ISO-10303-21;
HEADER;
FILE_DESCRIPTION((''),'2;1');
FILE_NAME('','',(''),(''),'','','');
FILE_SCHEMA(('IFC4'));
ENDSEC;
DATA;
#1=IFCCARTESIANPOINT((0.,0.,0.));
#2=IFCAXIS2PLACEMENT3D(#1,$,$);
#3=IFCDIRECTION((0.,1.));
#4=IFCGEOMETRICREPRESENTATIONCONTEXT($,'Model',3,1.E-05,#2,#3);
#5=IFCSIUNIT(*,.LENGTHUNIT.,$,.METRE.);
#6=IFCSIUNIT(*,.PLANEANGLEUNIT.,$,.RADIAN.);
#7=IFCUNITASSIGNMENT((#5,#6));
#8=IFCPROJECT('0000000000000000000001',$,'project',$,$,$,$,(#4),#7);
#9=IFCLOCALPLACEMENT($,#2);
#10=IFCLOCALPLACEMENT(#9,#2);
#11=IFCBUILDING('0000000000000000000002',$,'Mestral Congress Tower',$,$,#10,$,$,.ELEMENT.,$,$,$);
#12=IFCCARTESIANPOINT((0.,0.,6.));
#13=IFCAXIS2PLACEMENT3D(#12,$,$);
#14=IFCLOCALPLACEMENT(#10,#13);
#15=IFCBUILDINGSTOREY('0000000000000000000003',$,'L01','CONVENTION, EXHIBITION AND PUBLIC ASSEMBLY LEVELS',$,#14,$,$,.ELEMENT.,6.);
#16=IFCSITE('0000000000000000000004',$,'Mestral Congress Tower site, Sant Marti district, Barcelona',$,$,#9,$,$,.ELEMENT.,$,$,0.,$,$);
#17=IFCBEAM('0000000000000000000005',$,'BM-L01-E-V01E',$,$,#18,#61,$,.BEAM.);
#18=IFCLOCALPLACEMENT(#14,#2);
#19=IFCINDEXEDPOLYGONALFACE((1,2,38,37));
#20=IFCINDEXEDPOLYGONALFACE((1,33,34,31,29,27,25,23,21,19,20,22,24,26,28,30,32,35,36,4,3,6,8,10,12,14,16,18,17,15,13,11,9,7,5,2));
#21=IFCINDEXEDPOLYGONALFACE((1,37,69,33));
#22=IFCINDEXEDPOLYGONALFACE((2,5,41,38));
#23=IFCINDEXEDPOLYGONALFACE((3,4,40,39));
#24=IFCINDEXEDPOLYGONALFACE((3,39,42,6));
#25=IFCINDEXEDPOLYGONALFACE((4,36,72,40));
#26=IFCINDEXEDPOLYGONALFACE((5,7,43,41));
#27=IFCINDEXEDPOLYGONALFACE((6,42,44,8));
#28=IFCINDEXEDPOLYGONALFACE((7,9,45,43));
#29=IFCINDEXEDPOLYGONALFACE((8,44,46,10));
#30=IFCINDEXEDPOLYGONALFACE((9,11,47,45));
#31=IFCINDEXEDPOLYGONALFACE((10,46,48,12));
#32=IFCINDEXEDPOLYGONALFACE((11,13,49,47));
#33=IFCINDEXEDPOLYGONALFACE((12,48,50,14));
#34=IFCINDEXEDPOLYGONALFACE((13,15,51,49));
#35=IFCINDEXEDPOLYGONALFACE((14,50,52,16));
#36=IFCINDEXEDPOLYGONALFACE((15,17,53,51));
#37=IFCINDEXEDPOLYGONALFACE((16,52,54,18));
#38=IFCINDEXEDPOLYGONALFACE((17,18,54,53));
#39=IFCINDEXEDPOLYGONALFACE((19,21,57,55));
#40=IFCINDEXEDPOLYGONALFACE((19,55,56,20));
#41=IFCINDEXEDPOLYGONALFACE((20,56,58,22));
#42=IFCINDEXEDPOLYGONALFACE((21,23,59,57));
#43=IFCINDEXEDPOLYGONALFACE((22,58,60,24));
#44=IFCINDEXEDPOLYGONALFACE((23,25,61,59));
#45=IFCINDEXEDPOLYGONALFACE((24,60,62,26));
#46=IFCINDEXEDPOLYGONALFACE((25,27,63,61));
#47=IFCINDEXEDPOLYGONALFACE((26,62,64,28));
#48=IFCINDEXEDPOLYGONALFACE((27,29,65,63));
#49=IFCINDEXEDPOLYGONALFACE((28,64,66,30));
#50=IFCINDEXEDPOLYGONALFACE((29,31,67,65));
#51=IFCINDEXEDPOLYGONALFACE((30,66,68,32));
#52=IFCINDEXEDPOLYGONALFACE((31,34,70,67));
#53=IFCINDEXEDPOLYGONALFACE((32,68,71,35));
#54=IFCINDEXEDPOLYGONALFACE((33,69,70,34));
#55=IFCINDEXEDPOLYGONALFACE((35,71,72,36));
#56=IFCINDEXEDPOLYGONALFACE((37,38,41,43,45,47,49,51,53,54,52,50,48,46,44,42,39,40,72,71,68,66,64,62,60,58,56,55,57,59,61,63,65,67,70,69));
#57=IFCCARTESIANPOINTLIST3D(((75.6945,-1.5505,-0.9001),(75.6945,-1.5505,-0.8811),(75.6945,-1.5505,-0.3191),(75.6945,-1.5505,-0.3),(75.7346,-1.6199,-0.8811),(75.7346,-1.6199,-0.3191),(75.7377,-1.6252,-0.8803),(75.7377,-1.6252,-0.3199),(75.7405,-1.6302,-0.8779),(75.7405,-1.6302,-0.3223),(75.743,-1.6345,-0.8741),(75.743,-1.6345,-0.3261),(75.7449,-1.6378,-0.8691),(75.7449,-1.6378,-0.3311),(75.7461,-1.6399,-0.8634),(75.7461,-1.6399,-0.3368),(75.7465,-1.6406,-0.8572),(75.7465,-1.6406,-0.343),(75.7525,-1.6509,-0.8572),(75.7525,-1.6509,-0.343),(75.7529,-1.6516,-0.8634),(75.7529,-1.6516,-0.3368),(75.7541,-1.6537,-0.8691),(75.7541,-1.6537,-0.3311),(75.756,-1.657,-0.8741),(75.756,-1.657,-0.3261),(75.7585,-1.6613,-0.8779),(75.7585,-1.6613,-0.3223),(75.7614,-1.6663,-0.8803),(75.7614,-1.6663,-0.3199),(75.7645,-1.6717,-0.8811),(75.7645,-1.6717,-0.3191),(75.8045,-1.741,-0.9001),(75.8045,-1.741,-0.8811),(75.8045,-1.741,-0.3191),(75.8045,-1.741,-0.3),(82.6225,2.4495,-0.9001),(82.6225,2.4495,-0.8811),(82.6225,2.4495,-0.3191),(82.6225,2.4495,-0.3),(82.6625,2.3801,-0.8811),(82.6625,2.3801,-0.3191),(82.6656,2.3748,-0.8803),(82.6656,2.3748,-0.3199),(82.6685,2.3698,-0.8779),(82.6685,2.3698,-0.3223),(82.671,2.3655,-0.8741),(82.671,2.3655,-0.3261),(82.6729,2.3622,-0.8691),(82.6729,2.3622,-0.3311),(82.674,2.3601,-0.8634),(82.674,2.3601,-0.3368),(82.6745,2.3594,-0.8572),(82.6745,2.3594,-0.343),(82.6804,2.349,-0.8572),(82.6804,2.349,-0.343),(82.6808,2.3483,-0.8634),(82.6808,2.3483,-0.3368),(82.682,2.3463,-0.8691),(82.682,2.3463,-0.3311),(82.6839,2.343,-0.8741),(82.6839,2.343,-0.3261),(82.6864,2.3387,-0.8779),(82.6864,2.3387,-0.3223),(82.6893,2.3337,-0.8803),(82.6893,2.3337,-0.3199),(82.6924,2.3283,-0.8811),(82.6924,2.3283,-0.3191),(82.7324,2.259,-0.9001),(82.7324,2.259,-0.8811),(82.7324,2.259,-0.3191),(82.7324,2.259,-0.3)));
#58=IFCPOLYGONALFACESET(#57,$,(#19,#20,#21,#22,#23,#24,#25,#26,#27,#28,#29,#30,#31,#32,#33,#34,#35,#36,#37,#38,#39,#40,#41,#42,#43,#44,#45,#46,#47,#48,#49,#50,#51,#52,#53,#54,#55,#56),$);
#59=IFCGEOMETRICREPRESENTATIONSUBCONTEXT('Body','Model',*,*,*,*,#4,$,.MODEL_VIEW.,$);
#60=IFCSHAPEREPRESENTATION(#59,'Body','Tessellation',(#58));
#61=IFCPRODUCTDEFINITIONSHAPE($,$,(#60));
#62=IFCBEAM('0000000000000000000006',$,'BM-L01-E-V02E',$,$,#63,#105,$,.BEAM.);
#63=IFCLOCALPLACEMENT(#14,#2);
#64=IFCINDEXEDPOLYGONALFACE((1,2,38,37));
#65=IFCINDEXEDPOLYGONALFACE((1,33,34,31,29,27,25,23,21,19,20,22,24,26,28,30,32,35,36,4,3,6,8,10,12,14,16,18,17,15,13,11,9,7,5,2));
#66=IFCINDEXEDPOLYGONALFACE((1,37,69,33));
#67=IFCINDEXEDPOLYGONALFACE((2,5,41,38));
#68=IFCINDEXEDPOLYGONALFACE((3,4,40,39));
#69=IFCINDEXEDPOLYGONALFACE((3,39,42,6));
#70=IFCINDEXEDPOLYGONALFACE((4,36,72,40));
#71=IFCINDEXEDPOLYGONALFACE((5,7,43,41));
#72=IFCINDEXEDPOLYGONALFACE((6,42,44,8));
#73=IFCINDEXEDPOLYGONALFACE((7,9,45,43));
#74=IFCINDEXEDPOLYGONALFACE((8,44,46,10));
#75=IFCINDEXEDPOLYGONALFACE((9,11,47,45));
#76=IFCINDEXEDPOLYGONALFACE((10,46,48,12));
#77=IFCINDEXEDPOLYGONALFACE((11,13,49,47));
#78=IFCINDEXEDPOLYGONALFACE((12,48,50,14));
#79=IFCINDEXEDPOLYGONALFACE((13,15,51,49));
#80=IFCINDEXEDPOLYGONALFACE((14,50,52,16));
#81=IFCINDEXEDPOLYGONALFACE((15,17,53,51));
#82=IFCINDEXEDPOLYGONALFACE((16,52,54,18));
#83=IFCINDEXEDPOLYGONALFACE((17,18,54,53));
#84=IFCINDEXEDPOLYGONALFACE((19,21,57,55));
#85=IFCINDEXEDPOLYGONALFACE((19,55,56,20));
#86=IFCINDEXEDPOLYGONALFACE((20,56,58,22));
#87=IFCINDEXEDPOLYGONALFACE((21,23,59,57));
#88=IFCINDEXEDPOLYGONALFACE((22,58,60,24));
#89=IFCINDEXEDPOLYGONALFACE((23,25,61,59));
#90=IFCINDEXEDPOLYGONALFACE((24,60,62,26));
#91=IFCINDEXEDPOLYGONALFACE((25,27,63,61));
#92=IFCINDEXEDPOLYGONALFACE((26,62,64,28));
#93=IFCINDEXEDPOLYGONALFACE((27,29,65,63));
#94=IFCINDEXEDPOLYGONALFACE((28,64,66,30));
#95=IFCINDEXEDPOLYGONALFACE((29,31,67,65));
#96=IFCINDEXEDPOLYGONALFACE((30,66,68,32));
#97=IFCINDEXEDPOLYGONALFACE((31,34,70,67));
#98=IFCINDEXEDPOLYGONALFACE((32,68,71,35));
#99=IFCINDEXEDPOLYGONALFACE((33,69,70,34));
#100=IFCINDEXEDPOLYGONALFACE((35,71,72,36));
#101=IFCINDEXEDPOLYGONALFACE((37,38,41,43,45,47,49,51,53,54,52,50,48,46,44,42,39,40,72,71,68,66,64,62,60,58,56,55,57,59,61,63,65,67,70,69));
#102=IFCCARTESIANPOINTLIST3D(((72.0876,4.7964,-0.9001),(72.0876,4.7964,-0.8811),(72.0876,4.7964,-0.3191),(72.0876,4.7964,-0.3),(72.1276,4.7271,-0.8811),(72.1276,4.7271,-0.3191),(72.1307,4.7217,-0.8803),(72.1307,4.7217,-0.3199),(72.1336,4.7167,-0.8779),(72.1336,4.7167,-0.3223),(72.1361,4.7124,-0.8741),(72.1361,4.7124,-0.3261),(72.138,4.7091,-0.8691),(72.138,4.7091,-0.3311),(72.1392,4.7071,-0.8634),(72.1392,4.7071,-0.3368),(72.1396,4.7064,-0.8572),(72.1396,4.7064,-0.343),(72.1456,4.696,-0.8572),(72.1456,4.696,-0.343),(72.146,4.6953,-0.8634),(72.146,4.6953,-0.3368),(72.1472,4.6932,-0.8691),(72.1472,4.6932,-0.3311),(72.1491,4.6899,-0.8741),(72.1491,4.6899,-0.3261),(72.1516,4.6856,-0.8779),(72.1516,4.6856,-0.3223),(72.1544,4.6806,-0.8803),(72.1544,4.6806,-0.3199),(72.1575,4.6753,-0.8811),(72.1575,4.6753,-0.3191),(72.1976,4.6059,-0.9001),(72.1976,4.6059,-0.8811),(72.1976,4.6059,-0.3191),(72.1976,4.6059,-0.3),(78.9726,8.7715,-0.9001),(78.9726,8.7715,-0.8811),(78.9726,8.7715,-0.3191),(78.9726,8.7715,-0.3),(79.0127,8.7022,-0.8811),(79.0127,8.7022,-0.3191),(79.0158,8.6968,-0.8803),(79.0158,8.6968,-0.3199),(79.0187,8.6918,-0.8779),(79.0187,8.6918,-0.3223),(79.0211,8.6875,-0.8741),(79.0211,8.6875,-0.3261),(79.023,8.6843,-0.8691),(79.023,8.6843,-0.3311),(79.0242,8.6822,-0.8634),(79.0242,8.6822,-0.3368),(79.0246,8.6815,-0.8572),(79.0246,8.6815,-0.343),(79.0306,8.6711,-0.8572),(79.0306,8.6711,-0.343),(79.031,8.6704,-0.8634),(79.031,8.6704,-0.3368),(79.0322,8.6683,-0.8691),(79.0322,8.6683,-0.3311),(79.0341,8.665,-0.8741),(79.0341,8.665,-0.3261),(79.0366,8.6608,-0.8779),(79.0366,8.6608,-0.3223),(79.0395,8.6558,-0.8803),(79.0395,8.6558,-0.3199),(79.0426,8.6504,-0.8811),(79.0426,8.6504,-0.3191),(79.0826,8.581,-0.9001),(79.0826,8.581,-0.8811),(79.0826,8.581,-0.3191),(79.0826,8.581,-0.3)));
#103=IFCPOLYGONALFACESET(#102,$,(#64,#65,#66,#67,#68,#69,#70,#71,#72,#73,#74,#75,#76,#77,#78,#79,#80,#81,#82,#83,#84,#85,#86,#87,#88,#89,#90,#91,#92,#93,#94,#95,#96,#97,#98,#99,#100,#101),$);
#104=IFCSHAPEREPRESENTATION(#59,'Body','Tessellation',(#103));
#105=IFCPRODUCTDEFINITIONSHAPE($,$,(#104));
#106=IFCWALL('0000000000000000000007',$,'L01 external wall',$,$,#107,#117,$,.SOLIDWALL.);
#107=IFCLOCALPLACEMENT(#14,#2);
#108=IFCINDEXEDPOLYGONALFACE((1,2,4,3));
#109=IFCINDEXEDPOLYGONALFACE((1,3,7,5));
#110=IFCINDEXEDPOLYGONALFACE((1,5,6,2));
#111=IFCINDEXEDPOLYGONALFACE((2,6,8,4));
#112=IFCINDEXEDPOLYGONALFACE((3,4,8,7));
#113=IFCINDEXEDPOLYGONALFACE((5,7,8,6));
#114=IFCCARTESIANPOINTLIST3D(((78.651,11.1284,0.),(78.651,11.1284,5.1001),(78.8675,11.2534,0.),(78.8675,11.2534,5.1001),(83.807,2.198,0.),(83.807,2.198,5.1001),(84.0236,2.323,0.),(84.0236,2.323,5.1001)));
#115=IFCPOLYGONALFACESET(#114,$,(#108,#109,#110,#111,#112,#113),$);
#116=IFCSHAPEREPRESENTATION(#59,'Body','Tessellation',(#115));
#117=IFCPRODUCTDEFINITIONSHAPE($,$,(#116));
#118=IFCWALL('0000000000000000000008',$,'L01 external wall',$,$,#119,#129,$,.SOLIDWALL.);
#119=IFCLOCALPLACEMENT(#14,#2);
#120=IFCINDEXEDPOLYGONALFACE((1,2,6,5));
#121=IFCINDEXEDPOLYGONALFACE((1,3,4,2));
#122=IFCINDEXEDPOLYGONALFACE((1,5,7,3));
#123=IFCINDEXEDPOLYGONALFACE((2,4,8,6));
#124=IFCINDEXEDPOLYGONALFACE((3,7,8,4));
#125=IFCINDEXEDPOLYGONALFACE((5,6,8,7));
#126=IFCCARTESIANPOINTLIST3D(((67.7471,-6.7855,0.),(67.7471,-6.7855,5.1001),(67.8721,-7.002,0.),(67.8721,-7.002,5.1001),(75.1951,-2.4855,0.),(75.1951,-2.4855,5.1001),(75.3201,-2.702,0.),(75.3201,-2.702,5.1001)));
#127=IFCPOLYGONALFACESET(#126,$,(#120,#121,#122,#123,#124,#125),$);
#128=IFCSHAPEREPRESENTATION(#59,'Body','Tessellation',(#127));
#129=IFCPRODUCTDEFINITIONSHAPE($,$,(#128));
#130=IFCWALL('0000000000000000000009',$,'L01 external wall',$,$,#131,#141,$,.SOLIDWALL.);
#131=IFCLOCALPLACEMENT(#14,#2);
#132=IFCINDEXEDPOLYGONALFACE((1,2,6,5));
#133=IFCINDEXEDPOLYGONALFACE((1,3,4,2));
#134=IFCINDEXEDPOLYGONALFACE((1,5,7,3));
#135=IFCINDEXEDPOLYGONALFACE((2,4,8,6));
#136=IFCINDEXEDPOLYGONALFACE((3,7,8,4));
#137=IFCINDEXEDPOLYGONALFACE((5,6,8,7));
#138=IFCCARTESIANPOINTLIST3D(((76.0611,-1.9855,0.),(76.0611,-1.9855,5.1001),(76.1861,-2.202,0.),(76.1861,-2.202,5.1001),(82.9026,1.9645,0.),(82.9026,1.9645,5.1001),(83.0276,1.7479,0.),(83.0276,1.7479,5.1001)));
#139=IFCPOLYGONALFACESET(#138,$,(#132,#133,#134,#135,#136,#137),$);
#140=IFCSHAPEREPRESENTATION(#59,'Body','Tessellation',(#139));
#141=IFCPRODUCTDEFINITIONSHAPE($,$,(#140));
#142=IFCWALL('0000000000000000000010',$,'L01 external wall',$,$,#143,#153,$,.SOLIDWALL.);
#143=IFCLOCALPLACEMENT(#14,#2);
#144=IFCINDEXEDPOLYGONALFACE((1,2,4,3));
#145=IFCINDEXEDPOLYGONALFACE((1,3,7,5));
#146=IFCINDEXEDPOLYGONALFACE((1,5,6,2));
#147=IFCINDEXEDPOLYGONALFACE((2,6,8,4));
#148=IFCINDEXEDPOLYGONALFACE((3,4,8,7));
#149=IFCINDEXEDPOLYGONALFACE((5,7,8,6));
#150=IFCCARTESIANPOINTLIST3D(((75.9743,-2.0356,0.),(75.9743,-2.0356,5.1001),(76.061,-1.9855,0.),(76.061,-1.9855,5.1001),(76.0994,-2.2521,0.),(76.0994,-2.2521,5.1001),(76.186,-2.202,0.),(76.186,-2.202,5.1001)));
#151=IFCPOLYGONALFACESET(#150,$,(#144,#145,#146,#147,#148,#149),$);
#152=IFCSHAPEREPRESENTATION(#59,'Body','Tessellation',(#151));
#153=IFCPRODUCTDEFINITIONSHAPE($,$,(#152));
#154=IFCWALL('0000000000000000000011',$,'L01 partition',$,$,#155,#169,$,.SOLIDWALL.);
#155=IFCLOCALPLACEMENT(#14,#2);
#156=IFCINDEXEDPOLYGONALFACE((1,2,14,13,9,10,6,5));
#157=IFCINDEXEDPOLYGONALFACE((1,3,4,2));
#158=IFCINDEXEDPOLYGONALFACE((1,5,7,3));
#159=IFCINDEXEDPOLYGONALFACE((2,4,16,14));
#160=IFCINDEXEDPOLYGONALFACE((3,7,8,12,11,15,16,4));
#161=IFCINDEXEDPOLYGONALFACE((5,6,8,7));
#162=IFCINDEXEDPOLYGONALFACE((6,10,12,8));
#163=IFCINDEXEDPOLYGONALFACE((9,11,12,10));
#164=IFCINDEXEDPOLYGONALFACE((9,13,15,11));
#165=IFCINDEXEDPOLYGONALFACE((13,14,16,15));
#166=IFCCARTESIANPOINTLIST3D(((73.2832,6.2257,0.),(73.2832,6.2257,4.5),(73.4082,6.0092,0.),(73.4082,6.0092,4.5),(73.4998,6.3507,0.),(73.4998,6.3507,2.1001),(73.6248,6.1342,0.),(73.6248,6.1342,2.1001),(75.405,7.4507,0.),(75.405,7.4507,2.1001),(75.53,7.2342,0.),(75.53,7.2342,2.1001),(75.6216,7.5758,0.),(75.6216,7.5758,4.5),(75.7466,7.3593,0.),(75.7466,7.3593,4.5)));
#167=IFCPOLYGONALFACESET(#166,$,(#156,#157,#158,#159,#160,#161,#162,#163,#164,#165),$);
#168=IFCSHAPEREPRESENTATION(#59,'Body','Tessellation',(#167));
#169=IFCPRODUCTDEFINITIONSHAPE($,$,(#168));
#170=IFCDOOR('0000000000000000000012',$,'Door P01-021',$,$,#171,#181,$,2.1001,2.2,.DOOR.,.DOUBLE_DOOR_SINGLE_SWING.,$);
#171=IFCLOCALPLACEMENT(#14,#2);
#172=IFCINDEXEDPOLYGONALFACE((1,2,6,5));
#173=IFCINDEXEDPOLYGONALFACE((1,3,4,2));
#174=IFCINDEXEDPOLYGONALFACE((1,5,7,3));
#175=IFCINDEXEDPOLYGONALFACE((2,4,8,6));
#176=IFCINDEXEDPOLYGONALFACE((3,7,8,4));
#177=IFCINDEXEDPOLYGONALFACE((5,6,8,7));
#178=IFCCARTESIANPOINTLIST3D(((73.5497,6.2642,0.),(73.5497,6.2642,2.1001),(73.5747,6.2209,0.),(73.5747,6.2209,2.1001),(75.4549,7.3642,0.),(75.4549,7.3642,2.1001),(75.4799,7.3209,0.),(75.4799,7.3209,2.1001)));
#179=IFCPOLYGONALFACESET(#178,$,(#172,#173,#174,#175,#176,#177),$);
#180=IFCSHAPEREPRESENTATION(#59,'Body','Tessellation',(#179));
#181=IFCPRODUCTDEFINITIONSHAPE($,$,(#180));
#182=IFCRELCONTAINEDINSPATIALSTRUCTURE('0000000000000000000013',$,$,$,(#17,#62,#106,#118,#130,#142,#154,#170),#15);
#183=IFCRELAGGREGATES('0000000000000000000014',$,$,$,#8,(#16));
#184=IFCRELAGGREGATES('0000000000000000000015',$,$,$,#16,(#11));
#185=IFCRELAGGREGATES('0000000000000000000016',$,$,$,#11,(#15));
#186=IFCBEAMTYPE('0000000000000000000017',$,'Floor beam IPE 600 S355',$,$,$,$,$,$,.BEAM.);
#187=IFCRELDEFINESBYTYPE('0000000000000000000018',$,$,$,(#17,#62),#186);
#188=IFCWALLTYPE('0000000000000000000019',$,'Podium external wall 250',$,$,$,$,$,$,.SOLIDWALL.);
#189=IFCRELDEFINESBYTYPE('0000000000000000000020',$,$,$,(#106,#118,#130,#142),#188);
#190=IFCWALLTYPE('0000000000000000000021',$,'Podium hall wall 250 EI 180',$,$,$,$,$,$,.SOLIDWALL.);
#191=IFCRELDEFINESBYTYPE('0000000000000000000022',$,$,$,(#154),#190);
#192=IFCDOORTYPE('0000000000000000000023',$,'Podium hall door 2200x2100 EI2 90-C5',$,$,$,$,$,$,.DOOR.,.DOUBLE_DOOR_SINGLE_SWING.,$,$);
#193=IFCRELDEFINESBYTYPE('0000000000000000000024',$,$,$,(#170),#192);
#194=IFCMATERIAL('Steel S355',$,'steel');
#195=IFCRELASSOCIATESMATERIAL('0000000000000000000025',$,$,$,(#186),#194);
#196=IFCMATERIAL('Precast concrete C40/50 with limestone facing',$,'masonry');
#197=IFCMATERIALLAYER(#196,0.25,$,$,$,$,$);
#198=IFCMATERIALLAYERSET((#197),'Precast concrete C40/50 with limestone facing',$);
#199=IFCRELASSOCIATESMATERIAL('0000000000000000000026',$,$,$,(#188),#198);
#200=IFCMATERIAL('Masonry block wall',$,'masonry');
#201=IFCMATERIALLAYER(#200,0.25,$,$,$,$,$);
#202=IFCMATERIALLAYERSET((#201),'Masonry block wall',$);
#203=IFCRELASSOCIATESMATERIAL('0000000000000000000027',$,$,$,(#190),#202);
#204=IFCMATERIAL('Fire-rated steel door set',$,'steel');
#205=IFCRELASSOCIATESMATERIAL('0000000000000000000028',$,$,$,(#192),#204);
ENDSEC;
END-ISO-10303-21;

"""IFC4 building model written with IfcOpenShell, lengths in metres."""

from ifc_helpers import new_model, si_unit, direction, frame, frame_2d, origin, origin_2d, place, context, subcontext, project, spatial, rectangle, i_section, extrude, material, layer, layer_set, material_profile, profile_set, type_object, element, fill, save


model = new_model("IFC4")

# Units and contexts
model_context = context("Model", 3, precision=1e-05, world=origin(), true_north=direction((0.0, 1.0)))
body_context = subcontext(model_context, "Body", "Model", "MODEL_VIEW")
ifc_project = project(units=[si_unit("LENGTHUNIT", "METRE"), si_unit("PLANEANGLEUNIT", "RADIAN")], contexts=[model_context])

# Site, building, storey
site_placement = place(None, origin())
site = spatial("IfcSite", under=ifc_project, at=site_placement, Name="Mestral Congress Tower site, Sant Marti district, Barcelona", CompositionType="ELEMENT", RefElevation=0.0)
building_placement = place(site_placement, origin())
building = spatial("IfcBuilding", under=site, at=building_placement, Name="Mestral Congress Tower", CompositionType="ELEMENT")
storey_placement = place(building_placement, frame((0.0, 0.0, 6.0)))
storey = spatial("IfcBuildingStorey", under=building, at=storey_placement, Name="L01", Description="CONVENTION, EXHIBITION AND PUBLIC ASSEMBLY LEVELS", CompositionType="ELEMENT", Elevation=6.0)

# Beams
ifc_material_1 = material(Name="Steel S355", Category="steel")
ifc_material_profile_1 = material_profile(ifc_material_1, i_section(OverallWidth=0.22, OverallDepth=0.6001, WebThickness=0.012, FlangeThickness=0.019, FilletRadius=0.0239, at=origin_2d()), Name="IPE 600")
ifc_profile_set_1 = profile_set([ifc_material_profile_1], Name="Steel S355")
beam_type_1 = type_object("IfcBeamType", Name="Floor beam IPE 600 S355", PredefinedType="BEAM", material=ifc_profile_set_1)
beam_1_placement = place(storey_placement, frame((75.7495, -1.6458, -0.6001), z_axis=(0.866018, 0.500012, 0.0), x_axis=(-0.500012, 0.866018, 0.0)))
element("IfcBeam", 1, at=beam_1_placement, inside=storey, type_object=beam_type_1, Name="BM-L01-E-V01E", PredefinedType="BEAM", context=body_context, shape_type="SweptSolid", body=[
    extrude(i_section(OverallWidth=0.22, OverallDepth=0.6001, WebThickness=0.012, FlangeThickness=0.019, FilletRadius=0.0239, at=origin_2d()), origin(), (0.0, 0.0, 1.0), 7.9998),
])
beam_2_placement = place(storey_placement, frame((72.1426, 4.7012, -0.6001), z_axis=(0.866023, 0.500003, 0.0), x_axis=(-0.500003, 0.866023, 0.0)))
element("IfcBeam", 2, at=beam_2_placement, inside=storey, type_object=beam_type_1, Name="BM-L01-E-V02E", PredefinedType="BEAM", context=body_context, shape_type="SweptSolid", body=[
    extrude(i_section(OverallWidth=0.22, OverallDepth=0.6001, WebThickness=0.012, FlangeThickness=0.019, FilletRadius=0.0239, at=origin_2d()), origin(), (0.0, 0.0, 1.0), 7.9502),
])

# Walls
ifc_material_2 = material(Name="Precast concrete C40/50 with limestone facing", Category="masonry")
ifc_layer_1 = layer(ifc_material_2, 0.25)
ifc_layer_set_1 = layer_set([ifc_layer_1], Name="Precast concrete C40/50 with limestone facing")
wall_type_1 = type_object("IfcWallType", Name="Podium external wall 250", PredefinedType="SOLIDWALL", material=ifc_layer_set_1)
wall_1_placement = place(storey_placement, frame((78.7593, 11.1909, 0.0), z_axis=(0.0, 0.0, 1.0), x_axis=(0.500002, -0.866024, 0.0)))
element("IfcWall", 3, at=wall_1_placement, inside=storey, type_object=wall_type_1, Name="L01 external wall", PredefinedType="SOLIDWALL", context=body_context, shape_type="SweptSolid", body=[
    extrude(rectangle(XDim=10.312, YDim=0.25, at=frame_2d((5.156, 0.0))), origin(), (0.0, 0.0, 1.0), 5.1001),
])
wall_2_placement = place(storey_placement, frame((75.2576, -2.5938, 0.0), z_axis=(0.0, 0.0, 1.0), x_axis=(-0.866028, -0.499995, 0.0)))
element("IfcWall", 4, at=wall_2_placement, inside=storey, type_object=wall_type_1, Name="L01 external wall", PredefinedType="SOLIDWALL", context=body_context, shape_type="SweptSolid", body=[
    extrude(rectangle(XDim=8.6001, YDim=0.25, at=frame_2d((4.3, 0.0))), origin(), (0.0, 0.0, 1.0), 5.1001),
])
wall_3_placement = place(storey_placement, frame((82.9651, 1.8562, 0.0), z_axis=(0.0, 0.0, 1.0), x_axis=(-0.866027, -0.499998, 0.0)))
element("IfcWall", 5, at=wall_3_placement, inside=storey, type_object=wall_type_1, Name="L01 external wall", PredefinedType="SOLIDWALL", context=body_context, shape_type="SweptSolid", body=[
    extrude(rectangle(XDim=7.8999, YDim=0.25, at=frame_2d((3.95, 0.0))), origin(), (0.0, 0.0, 1.0), 5.1001),
])
wall_4_placement = place(storey_placement, frame((76.1235, -2.0938, 0.0), z_axis=(0.0, 0.0, 1.0), x_axis=(-0.865982, -0.500074, 0.0)))
element("IfcWall", 6, at=wall_4_placement, inside=storey, type_object=wall_type_1, Name="L01 external wall", PredefinedType="SOLIDWALL", context=body_context, shape_type="SweptSolid", body=[
    extrude(rectangle(XDim=0.1001, YDim=0.25, at=frame_2d((0.05, 0.0))), origin(), (0.0, 0.0, 1.0), 5.1001),
])

# Wall, opening, door
ifc_material_3 = material(Name="Masonry block wall", Category="masonry")
ifc_layer_2 = layer(ifc_material_3, 0.25)
ifc_layer_set_2 = layer_set([ifc_layer_2], Name="Masonry block wall")
wall_type_2 = type_object("IfcWallType", Name="Podium hall wall 250 EI 180", PredefinedType="SOLIDWALL", material=ifc_layer_set_2)
wall_5_placement = place(storey_placement, frame((75.6841, 7.4675, 0.0), z_axis=(0.0, 0.0, 1.0), x_axis=(-0.86602, -0.500009, 0.0)))
wall_5 = element("IfcWall", 7, at=wall_5_placement, inside=storey, type_object=wall_type_2, Name="L01 partition", PredefinedType="SOLIDWALL", context=body_context, shape_type="SweptSolid", body=[
    extrude(rectangle(XDim=2.7002, YDim=0.25, at=frame_2d((1.3501, 0.0))), origin(), (0.0, 0.0, 1.0), 4.5),
])
opening_1_placement = place(wall_5_placement, frame((0.25, 0.0, 0.0)))
opening_1 = element("IfcOpeningElement", 8, at=opening_1_placement, cuts=wall_5, PredefinedType="OPENING", context=body_context, shape_type="SweptSolid", body=[
    extrude(rectangle(XDim=2.2, YDim=2.1001, at=frame_2d((1.1001, 1.05))), frame((0.0, 0.135, 0.0), z_axis=(0.0, -1.0, 0.0), x_axis=(1.0, 0.0, 0.0)), (0.0, 0.0, 1.0), 0.27),
])
ifc_material_4 = material(Name="Fire-rated steel door set", Category="steel")
door_type_1 = type_object("IfcDoorType", Name="Podium hall door 2200x2100 EI2 90-C5", OperationType="DOUBLE_DOOR_SINGLE_SWING", PredefinedType="DOOR", material=ifc_material_4)
door_1_placement = place(opening_1_placement, origin())
door_1 = element("IfcDoor", 9, at=door_1_placement, inside=storey, type_object=door_type_1, Name="Door P01-021", OperationType="DOUBLE_DOOR_SINGLE_SWING", OverallHeight=2.1001, OverallWidth=2.2, PredefinedType="DOOR", context=body_context, shape_type="SweptSolid", body=[
    extrude(rectangle(XDim=2.2, YDim=2.1001, at=frame_2d((1.1001, 1.05))), frame((0.0, 0.0249, 0.0), z_axis=(0.0, -1.0, 0.0), x_axis=(1.0, 0.0, 0.0)), (0.0, 0.0, 1.0), 0.05),
])
fill(opening_1, door_1)

save(model, "model.ifc")
